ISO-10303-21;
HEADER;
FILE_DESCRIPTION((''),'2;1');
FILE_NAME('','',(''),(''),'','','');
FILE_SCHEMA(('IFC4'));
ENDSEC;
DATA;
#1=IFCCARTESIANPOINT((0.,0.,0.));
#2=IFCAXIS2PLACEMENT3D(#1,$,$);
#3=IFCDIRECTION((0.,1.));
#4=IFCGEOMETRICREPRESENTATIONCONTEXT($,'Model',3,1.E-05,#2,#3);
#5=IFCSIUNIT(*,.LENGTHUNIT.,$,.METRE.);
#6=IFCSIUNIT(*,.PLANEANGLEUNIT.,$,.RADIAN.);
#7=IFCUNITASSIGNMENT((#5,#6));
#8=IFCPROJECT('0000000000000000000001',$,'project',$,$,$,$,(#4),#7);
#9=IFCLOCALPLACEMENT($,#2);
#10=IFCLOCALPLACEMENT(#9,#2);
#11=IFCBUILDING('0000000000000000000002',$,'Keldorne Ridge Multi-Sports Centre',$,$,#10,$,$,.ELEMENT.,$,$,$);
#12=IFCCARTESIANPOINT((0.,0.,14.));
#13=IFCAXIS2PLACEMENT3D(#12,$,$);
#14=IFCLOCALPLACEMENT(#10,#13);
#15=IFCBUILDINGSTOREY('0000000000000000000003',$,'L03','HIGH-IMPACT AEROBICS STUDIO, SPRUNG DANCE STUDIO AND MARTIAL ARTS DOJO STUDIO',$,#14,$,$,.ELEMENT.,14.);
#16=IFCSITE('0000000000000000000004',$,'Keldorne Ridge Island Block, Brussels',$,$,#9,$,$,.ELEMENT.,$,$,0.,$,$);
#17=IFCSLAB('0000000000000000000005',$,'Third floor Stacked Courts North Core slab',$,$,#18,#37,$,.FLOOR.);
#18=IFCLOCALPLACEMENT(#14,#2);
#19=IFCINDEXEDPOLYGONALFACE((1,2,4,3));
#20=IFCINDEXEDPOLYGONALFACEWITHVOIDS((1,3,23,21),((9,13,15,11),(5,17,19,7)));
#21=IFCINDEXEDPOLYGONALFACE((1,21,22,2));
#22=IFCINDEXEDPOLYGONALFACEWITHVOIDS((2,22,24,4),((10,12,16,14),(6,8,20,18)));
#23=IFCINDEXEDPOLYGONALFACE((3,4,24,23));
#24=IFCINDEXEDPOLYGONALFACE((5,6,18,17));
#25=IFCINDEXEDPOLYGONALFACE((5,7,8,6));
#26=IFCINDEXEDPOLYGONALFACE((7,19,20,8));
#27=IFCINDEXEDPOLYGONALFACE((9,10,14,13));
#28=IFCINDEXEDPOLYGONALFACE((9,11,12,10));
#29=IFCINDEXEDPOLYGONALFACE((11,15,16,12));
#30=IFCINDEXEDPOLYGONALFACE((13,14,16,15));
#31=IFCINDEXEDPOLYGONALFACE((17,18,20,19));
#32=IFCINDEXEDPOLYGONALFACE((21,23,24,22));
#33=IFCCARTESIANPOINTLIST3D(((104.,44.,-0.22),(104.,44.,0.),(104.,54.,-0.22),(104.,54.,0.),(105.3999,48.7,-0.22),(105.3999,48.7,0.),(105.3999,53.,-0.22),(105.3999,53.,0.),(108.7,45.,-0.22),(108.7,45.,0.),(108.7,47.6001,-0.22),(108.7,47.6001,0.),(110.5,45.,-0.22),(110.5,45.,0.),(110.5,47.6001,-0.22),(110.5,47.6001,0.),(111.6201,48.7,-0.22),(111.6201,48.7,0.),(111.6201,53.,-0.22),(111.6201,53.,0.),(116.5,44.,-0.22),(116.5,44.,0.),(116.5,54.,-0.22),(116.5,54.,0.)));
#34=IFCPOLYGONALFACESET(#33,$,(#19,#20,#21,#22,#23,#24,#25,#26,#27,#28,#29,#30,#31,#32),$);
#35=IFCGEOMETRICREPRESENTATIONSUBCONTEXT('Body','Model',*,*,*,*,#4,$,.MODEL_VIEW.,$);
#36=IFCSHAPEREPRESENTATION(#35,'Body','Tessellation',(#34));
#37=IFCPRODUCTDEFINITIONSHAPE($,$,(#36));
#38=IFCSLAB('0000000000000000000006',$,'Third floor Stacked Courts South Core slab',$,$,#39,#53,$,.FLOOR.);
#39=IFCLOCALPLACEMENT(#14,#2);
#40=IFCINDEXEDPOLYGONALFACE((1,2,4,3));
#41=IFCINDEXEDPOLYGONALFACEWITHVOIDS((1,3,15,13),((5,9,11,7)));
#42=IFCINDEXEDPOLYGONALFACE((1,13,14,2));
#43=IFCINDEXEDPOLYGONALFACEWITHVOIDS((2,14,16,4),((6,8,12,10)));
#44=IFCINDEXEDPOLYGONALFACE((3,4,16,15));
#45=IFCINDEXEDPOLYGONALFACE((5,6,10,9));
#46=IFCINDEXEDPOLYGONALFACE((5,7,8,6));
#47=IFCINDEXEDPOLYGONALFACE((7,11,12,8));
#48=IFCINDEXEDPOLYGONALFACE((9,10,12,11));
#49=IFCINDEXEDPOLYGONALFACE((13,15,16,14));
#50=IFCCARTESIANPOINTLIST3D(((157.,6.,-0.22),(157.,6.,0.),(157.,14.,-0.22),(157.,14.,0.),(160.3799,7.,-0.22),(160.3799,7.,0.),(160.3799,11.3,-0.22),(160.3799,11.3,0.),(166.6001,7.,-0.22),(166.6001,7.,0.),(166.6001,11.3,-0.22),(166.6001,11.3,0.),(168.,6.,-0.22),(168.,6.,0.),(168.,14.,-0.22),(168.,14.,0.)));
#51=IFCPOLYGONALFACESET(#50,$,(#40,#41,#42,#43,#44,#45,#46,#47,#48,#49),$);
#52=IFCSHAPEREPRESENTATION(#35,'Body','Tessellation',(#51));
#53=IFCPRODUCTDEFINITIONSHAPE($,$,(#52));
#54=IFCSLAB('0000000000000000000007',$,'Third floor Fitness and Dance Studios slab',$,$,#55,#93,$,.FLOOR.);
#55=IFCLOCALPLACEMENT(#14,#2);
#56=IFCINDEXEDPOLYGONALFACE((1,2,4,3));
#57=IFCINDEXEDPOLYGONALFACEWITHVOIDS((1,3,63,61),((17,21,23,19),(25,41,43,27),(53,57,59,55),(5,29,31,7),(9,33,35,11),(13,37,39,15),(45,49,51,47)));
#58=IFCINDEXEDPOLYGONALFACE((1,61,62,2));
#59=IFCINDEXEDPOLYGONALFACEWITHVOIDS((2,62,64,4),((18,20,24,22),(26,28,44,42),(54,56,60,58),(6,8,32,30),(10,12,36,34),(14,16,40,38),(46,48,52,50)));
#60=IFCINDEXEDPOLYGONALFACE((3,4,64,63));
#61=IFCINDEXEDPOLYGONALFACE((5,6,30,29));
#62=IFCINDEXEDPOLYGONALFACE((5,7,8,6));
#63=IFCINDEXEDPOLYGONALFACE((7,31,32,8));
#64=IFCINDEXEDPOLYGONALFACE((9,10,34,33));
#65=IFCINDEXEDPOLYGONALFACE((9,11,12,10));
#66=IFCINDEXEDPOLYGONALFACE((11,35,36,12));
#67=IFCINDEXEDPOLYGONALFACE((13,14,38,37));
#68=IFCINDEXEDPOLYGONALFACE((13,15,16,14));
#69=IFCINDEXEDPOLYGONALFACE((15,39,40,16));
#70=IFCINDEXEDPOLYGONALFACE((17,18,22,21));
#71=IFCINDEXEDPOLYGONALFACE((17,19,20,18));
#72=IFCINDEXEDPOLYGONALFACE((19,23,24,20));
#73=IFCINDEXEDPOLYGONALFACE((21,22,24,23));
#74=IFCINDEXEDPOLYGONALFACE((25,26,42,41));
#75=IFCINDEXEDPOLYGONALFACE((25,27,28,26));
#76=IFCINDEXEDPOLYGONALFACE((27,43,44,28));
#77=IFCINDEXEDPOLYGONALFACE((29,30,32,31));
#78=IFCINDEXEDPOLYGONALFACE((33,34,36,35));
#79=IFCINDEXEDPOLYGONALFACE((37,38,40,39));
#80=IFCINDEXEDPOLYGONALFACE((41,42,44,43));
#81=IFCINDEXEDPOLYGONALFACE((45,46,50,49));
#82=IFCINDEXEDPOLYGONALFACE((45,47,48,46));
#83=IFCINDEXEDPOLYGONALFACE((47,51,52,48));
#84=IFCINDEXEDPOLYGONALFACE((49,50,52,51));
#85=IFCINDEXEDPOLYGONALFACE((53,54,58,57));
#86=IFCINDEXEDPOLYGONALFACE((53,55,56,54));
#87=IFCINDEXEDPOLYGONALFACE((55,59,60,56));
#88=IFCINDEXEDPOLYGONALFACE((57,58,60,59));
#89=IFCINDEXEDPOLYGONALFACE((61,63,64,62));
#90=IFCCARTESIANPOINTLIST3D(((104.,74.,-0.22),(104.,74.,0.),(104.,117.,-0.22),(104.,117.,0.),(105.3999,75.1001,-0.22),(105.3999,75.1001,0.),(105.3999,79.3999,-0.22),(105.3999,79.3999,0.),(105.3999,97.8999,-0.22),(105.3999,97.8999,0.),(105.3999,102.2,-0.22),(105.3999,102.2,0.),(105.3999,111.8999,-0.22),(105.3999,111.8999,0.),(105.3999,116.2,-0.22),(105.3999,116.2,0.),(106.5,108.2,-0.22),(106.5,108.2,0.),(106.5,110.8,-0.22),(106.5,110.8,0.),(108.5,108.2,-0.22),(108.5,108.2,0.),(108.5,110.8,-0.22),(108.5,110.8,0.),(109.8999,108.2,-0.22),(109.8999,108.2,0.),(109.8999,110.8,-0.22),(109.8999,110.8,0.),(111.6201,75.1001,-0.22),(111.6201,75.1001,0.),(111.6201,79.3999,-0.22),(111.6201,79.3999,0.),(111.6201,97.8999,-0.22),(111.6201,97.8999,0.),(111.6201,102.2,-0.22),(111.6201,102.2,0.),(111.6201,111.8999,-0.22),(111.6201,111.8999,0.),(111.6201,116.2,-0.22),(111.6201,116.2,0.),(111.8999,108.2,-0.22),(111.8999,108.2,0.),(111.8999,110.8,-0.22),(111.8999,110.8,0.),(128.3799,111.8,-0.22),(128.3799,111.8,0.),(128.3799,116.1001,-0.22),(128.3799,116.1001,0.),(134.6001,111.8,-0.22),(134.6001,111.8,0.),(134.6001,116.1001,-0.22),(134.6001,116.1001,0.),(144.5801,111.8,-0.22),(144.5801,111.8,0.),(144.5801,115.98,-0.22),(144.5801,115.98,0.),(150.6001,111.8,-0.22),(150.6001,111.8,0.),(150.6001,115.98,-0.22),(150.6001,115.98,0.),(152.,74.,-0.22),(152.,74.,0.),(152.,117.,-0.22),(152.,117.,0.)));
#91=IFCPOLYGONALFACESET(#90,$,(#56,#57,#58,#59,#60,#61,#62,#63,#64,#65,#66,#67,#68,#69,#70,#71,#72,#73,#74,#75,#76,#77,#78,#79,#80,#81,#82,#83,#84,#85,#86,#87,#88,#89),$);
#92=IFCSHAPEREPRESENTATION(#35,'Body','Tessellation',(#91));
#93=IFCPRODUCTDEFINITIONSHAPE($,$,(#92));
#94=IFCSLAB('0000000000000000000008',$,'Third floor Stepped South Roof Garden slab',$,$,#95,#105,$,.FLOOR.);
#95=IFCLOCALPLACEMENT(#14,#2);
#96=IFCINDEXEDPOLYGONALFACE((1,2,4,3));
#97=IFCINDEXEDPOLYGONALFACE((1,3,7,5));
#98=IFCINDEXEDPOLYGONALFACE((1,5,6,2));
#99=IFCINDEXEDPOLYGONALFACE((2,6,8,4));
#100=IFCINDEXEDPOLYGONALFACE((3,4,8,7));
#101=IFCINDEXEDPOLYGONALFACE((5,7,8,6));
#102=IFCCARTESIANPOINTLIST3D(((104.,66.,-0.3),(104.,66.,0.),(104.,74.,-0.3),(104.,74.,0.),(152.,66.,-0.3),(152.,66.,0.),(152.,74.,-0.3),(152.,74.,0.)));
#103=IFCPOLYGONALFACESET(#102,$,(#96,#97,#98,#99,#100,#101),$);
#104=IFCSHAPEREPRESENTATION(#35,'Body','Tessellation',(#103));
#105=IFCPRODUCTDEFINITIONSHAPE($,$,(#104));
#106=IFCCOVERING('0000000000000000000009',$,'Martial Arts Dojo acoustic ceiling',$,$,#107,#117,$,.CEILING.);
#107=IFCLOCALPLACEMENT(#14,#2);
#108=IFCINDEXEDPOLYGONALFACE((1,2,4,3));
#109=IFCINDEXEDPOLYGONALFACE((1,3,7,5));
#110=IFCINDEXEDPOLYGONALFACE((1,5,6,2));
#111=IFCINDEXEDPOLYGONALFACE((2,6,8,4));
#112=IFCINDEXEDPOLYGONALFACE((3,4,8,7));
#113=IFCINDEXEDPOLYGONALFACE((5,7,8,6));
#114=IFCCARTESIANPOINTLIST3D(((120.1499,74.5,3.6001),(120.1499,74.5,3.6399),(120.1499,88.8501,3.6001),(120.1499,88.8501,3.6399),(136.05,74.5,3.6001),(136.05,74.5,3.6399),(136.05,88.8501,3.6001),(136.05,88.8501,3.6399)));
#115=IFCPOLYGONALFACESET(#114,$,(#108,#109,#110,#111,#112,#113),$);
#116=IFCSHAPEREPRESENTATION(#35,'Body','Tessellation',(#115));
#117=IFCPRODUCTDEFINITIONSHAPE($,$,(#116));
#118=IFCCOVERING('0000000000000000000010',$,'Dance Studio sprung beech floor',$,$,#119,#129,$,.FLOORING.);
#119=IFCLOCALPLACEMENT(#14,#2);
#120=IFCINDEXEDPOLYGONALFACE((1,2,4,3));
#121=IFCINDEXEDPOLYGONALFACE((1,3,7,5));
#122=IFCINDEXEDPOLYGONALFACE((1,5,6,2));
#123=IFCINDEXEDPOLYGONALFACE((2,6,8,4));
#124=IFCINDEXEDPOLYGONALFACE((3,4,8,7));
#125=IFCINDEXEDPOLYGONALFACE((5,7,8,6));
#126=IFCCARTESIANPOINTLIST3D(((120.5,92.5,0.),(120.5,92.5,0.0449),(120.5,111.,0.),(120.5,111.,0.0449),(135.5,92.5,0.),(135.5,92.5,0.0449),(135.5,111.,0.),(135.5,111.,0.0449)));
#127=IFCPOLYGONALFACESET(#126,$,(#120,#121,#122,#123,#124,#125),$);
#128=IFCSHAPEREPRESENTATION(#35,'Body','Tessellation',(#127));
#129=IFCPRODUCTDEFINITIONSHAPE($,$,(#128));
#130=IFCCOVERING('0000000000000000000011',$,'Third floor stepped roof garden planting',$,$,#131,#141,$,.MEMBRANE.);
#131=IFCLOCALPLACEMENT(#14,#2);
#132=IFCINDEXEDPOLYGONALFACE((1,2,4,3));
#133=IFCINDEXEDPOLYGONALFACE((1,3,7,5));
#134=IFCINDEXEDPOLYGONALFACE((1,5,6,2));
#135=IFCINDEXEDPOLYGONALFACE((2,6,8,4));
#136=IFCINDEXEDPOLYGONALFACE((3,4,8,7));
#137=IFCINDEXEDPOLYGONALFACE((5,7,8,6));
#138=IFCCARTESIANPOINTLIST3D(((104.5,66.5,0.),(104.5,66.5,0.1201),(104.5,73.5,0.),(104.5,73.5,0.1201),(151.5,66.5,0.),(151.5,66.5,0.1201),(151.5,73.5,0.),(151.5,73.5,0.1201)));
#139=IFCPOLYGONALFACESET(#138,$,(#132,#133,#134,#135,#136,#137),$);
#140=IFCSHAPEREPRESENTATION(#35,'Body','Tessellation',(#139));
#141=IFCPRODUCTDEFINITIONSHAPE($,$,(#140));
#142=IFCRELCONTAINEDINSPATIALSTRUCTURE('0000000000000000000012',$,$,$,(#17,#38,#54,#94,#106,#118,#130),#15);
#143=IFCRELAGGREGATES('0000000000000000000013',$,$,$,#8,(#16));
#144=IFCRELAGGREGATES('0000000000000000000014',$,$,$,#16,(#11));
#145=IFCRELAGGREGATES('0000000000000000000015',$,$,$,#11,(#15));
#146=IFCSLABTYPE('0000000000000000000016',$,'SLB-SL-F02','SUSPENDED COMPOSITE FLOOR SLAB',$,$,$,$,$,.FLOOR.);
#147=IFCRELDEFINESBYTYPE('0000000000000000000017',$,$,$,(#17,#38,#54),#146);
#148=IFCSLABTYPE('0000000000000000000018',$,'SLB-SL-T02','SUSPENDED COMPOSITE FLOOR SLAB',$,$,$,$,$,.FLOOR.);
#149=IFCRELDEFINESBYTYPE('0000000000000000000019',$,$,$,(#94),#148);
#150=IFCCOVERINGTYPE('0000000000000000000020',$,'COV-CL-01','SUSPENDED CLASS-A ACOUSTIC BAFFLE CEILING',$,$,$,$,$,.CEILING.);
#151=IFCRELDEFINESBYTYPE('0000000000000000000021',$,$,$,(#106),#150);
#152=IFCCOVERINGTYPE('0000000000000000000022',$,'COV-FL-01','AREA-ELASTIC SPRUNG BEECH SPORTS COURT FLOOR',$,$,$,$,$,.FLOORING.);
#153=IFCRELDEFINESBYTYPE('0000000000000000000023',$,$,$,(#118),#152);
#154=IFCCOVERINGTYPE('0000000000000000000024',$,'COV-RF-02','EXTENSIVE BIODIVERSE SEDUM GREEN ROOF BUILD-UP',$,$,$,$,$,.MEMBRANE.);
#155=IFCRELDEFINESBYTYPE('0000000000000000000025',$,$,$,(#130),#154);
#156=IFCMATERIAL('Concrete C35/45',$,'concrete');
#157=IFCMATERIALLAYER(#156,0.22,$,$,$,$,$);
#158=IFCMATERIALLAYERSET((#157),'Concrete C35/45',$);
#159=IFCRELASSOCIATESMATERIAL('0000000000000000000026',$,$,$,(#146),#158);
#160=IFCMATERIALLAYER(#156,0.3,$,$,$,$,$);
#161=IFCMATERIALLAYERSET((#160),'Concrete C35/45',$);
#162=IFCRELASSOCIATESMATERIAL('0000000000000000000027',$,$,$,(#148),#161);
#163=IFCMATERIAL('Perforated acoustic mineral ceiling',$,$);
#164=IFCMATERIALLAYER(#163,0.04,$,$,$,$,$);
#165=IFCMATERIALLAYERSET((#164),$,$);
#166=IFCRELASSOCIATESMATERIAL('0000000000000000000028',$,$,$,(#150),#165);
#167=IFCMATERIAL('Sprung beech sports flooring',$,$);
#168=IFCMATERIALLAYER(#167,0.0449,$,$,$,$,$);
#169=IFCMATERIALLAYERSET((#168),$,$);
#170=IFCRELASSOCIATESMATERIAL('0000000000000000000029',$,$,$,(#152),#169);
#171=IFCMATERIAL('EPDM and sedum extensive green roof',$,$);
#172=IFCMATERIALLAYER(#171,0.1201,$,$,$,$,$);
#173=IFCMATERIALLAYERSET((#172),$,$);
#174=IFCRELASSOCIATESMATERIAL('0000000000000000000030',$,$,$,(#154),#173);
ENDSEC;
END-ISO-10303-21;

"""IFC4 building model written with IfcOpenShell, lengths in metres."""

from ifc_helpers import new_model, si_unit, direction, frame, origin, place, context, subcontext, project, spatial, polyline, outline, extrude, material, layer, layer_set, type_object, element, save


model = new_model("IFC4")

# Units and contexts
model_context = context("Model", 3, precision=1e-05, world=origin(), true_north=direction((0.0, 1.0)))
body_context = subcontext(model_context, "Body", "Model", "MODEL_VIEW")
ifc_project = project(units=[si_unit("LENGTHUNIT", "METRE"), si_unit("PLANEANGLEUNIT", "RADIAN")], contexts=[model_context])

# Site, building, storey
site_placement = place(None, origin())
site = spatial("IfcSite", under=ifc_project, at=site_placement, Name="Keldorne Ridge Island Block, Brussels", CompositionType="ELEMENT", RefElevation=0.0)
building_placement = place(site_placement, origin())
building = spatial("IfcBuilding", under=site, at=building_placement, Name="Keldorne Ridge Multi-Sports Centre", CompositionType="ELEMENT")
storey_placement = place(building_placement, frame((0.0, 0.0, 14.0)))
storey = spatial("IfcBuildingStorey", under=building, at=storey_placement, Name="L03", Description="HIGH-IMPACT AEROBICS STUDIO, SPRUNG DANCE STUDIO AND MARTIAL ARTS DOJO STUDIO", CompositionType="ELEMENT", Elevation=14.0)

# Shared definitions
ifc_material_1 = material(Name="Concrete C35/45", Category="concrete")

# Slabs
ifc_layer_1 = layer(ifc_material_1, 0.22)
ifc_layer_set_1 = layer_set([ifc_layer_1], Name="Concrete C35/45")
slab_type_1 = type_object("IfcSlabType", Name="SLB-SL-F02", Description="SUSPENDED COMPOSITE FLOOR SLAB", PredefinedType="FLOOR", material=ifc_layer_set_1)
slab_1_placement = place(storey_placement, frame((0.0, 0.0, -0.22)))
element("IfcSlab", 1, at=slab_1_placement, inside=storey, type_object=slab_type_1, Name="Third floor Stacked Courts North Core slab", PredefinedType="FLOOR", context=body_context, shape_type="SweptSolid", body=[
    extrude(outline(polyline([(104.0, 44.0), (116.5, 44.0), (116.5, 54.0), (104.0, 54.0), (104.0, 44.0)]), holes=[polyline([(105.3999, 48.7), (105.3999, 53.0), (111.6201, 53.0), (111.6201, 48.7), (105.3999, 48.7)]), polyline([(108.7, 45.0), (108.7, 47.6001), (110.5, 47.6001), (110.5, 45.0), (108.7, 45.0)])]), origin(), (0.0, 0.0, 1.0), 0.22),
])
slab_2_placement = place(storey_placement, frame((0.0, 0.0, -0.22)))
element("IfcSlab", 2, at=slab_2_placement, inside=storey, type_object=slab_type_1, Name="Third floor Stacked Courts South Core slab", PredefinedType="FLOOR", context=body_context, shape_type="SweptSolid", body=[
    extrude(outline(polyline([(157.0, 6.0), (168.0, 6.0), (168.0, 14.0), (157.0, 14.0), (157.0, 6.0)]), holes=[polyline([(160.3799, 7.0), (160.3799, 11.3), (166.6001, 11.3), (166.6001, 7.0), (160.3799, 7.0)])]), origin(), (0.0, 0.0, 1.0), 0.22),
])
slab_3_placement = place(storey_placement, frame((0.0, 0.0, -0.22)))
element("IfcSlab", 3, at=slab_3_placement, inside=storey, type_object=slab_type_1, Name="Third floor Fitness and Dance Studios slab", PredefinedType="FLOOR", context=body_context, shape_type="SweptSolid", body=[
    extrude(outline(polyline([(104.0, 74.0), (152.0, 74.0), (152.0, 117.0), (104.0, 117.0), (104.0, 74.0)]), holes=[polyline([(105.3999, 111.8999), (105.3999, 116.2), (111.6201, 116.2), (111.6201, 111.8999), (105.3999, 111.8999)]), polyline([(105.3999, 75.1001), (105.3999, 79.3999), (111.6201, 79.3999), (111.6201, 75.1001), (105.3999, 75.1001)]), polyline([(144.5801, 111.8), (144.5801, 115.98), (150.6001, 115.98), (150.6001, 111.8), (144.5801, 111.8)]), polyline([(128.3799, 111.8), (128.3799, 116.1001), (134.6001, 116.1001), (134.6001, 111.8), (128.3799, 111.8)]), polyline([(105.3999, 97.8999), (105.3999, 102.2), (111.6201, 102.2), (111.6201, 97.8999), (105.3999, 97.8999)]), polyline([(106.5, 108.2), (106.5, 110.8), (108.5, 110.8), (108.5, 108.2), (106.5, 108.2)]), polyline([(109.8999, 108.2), (109.8999, 110.8), (111.8999, 110.8), (111.8999, 108.2), (109.8999, 108.2)])]), origin(), (0.0, 0.0, 1.0), 0.22),
])
ifc_layer_2 = layer(ifc_material_1, 0.3)
ifc_layer_set_2 = layer_set([ifc_layer_2], Name="Concrete C35/45")
slab_type_2 = type_object("IfcSlabType", Name="SLB-SL-T02", Description="SUSPENDED COMPOSITE FLOOR SLAB", PredefinedType="FLOOR", material=ifc_layer_set_2)
slab_4_placement = place(storey_placement, frame((0.0, 0.0, -0.3)))
element("IfcSlab", 4, at=slab_4_placement, inside=storey, type_object=slab_type_2, Name="Third floor Stepped South Roof Garden slab", PredefinedType="FLOOR", context=body_context, shape_type="SweptSolid", body=[
    extrude(outline(polyline([(104.0, 66.0), (152.0, 66.0), (152.0, 74.0), (104.0, 74.0), (104.0, 66.0)])), origin(), (0.0, 0.0, 1.0), 0.3),
])

# Coverings
ifc_material_2 = material(Name="Perforated acoustic mineral ceiling")
ifc_layer_3 = layer(ifc_material_2, 0.04)
ifc_layer_set_3 = layer_set([ifc_layer_3])
covering_type_1 = type_object("IfcCoveringType", Name="COV-CL-01", Description="SUSPENDED CLASS-A ACOUSTIC BAFFLE CEILING", PredefinedType="CEILING", material=ifc_layer_set_3)
covering_1_placement = place(storey_placement, frame((0.0, 0.0, 3.6001)))
element("IfcCovering", 5, at=covering_1_placement, inside=storey, type_object=covering_type_1, Name="Martial Arts Dojo acoustic ceiling", PredefinedType="CEILING", context=body_context, shape_type="SweptSolid", body=[
    extrude(outline(polyline([(120.1499, 74.5), (136.05, 74.5), (136.05, 88.8501), (120.1499, 88.8501), (120.1499, 74.5)])), origin(), (0.0, 0.0, 1.0), 0.0398),
])
ifc_material_3 = material(Name="Sprung beech sports flooring")
ifc_layer_4 = layer(ifc_material_3, 0.0449)
ifc_layer_set_4 = layer_set([ifc_layer_4])
covering_type_2 = type_object("IfcCoveringType", Name="COV-FL-01", Description="AREA-ELASTIC SPRUNG BEECH SPORTS COURT FLOOR", PredefinedType="FLOORING", material=ifc_layer_set_4)
covering_2_placement = place(storey_placement, origin())
element("IfcCovering", 6, at=covering_2_placement, inside=storey, type_object=covering_type_2, Name="Dance Studio sprung beech floor", PredefinedType="FLOORING", context=body_context, shape_type="SweptSolid", body=[
    extrude(outline(polyline([(120.5, 92.5), (135.5, 92.5), (135.5, 111.0), (120.5, 111.0), (120.5, 92.5)])), origin(), (0.0, 0.0, 1.0), 0.0449),
])
ifc_material_4 = material(Name="EPDM and sedum extensive green roof")
ifc_layer_5 = layer(ifc_material_4, 0.1201)
ifc_layer_set_5 = layer_set([ifc_layer_5])
covering_type_3 = type_object("IfcCoveringType", Name="COV-RF-02", Description="EXTENSIVE BIODIVERSE SEDUM GREEN ROOF BUILD-UP", PredefinedType="MEMBRANE", material=ifc_layer_set_5)
covering_3_placement = place(storey_placement, origin())
element("IfcCovering", 7, at=covering_3_placement, inside=storey, type_object=covering_type_3, Name="Third floor stepped roof garden planting", PredefinedType="MEMBRANE", context=body_context, shape_type="SweptSolid", body=[
    extrude(outline(polyline([(104.5, 66.5), (151.5, 66.5), (151.5, 73.5), (104.5, 73.5), (104.5, 66.5)])), origin(), (0.0, 0.0, 1.0), 0.1201),
])

save(model, "model.ifc")
